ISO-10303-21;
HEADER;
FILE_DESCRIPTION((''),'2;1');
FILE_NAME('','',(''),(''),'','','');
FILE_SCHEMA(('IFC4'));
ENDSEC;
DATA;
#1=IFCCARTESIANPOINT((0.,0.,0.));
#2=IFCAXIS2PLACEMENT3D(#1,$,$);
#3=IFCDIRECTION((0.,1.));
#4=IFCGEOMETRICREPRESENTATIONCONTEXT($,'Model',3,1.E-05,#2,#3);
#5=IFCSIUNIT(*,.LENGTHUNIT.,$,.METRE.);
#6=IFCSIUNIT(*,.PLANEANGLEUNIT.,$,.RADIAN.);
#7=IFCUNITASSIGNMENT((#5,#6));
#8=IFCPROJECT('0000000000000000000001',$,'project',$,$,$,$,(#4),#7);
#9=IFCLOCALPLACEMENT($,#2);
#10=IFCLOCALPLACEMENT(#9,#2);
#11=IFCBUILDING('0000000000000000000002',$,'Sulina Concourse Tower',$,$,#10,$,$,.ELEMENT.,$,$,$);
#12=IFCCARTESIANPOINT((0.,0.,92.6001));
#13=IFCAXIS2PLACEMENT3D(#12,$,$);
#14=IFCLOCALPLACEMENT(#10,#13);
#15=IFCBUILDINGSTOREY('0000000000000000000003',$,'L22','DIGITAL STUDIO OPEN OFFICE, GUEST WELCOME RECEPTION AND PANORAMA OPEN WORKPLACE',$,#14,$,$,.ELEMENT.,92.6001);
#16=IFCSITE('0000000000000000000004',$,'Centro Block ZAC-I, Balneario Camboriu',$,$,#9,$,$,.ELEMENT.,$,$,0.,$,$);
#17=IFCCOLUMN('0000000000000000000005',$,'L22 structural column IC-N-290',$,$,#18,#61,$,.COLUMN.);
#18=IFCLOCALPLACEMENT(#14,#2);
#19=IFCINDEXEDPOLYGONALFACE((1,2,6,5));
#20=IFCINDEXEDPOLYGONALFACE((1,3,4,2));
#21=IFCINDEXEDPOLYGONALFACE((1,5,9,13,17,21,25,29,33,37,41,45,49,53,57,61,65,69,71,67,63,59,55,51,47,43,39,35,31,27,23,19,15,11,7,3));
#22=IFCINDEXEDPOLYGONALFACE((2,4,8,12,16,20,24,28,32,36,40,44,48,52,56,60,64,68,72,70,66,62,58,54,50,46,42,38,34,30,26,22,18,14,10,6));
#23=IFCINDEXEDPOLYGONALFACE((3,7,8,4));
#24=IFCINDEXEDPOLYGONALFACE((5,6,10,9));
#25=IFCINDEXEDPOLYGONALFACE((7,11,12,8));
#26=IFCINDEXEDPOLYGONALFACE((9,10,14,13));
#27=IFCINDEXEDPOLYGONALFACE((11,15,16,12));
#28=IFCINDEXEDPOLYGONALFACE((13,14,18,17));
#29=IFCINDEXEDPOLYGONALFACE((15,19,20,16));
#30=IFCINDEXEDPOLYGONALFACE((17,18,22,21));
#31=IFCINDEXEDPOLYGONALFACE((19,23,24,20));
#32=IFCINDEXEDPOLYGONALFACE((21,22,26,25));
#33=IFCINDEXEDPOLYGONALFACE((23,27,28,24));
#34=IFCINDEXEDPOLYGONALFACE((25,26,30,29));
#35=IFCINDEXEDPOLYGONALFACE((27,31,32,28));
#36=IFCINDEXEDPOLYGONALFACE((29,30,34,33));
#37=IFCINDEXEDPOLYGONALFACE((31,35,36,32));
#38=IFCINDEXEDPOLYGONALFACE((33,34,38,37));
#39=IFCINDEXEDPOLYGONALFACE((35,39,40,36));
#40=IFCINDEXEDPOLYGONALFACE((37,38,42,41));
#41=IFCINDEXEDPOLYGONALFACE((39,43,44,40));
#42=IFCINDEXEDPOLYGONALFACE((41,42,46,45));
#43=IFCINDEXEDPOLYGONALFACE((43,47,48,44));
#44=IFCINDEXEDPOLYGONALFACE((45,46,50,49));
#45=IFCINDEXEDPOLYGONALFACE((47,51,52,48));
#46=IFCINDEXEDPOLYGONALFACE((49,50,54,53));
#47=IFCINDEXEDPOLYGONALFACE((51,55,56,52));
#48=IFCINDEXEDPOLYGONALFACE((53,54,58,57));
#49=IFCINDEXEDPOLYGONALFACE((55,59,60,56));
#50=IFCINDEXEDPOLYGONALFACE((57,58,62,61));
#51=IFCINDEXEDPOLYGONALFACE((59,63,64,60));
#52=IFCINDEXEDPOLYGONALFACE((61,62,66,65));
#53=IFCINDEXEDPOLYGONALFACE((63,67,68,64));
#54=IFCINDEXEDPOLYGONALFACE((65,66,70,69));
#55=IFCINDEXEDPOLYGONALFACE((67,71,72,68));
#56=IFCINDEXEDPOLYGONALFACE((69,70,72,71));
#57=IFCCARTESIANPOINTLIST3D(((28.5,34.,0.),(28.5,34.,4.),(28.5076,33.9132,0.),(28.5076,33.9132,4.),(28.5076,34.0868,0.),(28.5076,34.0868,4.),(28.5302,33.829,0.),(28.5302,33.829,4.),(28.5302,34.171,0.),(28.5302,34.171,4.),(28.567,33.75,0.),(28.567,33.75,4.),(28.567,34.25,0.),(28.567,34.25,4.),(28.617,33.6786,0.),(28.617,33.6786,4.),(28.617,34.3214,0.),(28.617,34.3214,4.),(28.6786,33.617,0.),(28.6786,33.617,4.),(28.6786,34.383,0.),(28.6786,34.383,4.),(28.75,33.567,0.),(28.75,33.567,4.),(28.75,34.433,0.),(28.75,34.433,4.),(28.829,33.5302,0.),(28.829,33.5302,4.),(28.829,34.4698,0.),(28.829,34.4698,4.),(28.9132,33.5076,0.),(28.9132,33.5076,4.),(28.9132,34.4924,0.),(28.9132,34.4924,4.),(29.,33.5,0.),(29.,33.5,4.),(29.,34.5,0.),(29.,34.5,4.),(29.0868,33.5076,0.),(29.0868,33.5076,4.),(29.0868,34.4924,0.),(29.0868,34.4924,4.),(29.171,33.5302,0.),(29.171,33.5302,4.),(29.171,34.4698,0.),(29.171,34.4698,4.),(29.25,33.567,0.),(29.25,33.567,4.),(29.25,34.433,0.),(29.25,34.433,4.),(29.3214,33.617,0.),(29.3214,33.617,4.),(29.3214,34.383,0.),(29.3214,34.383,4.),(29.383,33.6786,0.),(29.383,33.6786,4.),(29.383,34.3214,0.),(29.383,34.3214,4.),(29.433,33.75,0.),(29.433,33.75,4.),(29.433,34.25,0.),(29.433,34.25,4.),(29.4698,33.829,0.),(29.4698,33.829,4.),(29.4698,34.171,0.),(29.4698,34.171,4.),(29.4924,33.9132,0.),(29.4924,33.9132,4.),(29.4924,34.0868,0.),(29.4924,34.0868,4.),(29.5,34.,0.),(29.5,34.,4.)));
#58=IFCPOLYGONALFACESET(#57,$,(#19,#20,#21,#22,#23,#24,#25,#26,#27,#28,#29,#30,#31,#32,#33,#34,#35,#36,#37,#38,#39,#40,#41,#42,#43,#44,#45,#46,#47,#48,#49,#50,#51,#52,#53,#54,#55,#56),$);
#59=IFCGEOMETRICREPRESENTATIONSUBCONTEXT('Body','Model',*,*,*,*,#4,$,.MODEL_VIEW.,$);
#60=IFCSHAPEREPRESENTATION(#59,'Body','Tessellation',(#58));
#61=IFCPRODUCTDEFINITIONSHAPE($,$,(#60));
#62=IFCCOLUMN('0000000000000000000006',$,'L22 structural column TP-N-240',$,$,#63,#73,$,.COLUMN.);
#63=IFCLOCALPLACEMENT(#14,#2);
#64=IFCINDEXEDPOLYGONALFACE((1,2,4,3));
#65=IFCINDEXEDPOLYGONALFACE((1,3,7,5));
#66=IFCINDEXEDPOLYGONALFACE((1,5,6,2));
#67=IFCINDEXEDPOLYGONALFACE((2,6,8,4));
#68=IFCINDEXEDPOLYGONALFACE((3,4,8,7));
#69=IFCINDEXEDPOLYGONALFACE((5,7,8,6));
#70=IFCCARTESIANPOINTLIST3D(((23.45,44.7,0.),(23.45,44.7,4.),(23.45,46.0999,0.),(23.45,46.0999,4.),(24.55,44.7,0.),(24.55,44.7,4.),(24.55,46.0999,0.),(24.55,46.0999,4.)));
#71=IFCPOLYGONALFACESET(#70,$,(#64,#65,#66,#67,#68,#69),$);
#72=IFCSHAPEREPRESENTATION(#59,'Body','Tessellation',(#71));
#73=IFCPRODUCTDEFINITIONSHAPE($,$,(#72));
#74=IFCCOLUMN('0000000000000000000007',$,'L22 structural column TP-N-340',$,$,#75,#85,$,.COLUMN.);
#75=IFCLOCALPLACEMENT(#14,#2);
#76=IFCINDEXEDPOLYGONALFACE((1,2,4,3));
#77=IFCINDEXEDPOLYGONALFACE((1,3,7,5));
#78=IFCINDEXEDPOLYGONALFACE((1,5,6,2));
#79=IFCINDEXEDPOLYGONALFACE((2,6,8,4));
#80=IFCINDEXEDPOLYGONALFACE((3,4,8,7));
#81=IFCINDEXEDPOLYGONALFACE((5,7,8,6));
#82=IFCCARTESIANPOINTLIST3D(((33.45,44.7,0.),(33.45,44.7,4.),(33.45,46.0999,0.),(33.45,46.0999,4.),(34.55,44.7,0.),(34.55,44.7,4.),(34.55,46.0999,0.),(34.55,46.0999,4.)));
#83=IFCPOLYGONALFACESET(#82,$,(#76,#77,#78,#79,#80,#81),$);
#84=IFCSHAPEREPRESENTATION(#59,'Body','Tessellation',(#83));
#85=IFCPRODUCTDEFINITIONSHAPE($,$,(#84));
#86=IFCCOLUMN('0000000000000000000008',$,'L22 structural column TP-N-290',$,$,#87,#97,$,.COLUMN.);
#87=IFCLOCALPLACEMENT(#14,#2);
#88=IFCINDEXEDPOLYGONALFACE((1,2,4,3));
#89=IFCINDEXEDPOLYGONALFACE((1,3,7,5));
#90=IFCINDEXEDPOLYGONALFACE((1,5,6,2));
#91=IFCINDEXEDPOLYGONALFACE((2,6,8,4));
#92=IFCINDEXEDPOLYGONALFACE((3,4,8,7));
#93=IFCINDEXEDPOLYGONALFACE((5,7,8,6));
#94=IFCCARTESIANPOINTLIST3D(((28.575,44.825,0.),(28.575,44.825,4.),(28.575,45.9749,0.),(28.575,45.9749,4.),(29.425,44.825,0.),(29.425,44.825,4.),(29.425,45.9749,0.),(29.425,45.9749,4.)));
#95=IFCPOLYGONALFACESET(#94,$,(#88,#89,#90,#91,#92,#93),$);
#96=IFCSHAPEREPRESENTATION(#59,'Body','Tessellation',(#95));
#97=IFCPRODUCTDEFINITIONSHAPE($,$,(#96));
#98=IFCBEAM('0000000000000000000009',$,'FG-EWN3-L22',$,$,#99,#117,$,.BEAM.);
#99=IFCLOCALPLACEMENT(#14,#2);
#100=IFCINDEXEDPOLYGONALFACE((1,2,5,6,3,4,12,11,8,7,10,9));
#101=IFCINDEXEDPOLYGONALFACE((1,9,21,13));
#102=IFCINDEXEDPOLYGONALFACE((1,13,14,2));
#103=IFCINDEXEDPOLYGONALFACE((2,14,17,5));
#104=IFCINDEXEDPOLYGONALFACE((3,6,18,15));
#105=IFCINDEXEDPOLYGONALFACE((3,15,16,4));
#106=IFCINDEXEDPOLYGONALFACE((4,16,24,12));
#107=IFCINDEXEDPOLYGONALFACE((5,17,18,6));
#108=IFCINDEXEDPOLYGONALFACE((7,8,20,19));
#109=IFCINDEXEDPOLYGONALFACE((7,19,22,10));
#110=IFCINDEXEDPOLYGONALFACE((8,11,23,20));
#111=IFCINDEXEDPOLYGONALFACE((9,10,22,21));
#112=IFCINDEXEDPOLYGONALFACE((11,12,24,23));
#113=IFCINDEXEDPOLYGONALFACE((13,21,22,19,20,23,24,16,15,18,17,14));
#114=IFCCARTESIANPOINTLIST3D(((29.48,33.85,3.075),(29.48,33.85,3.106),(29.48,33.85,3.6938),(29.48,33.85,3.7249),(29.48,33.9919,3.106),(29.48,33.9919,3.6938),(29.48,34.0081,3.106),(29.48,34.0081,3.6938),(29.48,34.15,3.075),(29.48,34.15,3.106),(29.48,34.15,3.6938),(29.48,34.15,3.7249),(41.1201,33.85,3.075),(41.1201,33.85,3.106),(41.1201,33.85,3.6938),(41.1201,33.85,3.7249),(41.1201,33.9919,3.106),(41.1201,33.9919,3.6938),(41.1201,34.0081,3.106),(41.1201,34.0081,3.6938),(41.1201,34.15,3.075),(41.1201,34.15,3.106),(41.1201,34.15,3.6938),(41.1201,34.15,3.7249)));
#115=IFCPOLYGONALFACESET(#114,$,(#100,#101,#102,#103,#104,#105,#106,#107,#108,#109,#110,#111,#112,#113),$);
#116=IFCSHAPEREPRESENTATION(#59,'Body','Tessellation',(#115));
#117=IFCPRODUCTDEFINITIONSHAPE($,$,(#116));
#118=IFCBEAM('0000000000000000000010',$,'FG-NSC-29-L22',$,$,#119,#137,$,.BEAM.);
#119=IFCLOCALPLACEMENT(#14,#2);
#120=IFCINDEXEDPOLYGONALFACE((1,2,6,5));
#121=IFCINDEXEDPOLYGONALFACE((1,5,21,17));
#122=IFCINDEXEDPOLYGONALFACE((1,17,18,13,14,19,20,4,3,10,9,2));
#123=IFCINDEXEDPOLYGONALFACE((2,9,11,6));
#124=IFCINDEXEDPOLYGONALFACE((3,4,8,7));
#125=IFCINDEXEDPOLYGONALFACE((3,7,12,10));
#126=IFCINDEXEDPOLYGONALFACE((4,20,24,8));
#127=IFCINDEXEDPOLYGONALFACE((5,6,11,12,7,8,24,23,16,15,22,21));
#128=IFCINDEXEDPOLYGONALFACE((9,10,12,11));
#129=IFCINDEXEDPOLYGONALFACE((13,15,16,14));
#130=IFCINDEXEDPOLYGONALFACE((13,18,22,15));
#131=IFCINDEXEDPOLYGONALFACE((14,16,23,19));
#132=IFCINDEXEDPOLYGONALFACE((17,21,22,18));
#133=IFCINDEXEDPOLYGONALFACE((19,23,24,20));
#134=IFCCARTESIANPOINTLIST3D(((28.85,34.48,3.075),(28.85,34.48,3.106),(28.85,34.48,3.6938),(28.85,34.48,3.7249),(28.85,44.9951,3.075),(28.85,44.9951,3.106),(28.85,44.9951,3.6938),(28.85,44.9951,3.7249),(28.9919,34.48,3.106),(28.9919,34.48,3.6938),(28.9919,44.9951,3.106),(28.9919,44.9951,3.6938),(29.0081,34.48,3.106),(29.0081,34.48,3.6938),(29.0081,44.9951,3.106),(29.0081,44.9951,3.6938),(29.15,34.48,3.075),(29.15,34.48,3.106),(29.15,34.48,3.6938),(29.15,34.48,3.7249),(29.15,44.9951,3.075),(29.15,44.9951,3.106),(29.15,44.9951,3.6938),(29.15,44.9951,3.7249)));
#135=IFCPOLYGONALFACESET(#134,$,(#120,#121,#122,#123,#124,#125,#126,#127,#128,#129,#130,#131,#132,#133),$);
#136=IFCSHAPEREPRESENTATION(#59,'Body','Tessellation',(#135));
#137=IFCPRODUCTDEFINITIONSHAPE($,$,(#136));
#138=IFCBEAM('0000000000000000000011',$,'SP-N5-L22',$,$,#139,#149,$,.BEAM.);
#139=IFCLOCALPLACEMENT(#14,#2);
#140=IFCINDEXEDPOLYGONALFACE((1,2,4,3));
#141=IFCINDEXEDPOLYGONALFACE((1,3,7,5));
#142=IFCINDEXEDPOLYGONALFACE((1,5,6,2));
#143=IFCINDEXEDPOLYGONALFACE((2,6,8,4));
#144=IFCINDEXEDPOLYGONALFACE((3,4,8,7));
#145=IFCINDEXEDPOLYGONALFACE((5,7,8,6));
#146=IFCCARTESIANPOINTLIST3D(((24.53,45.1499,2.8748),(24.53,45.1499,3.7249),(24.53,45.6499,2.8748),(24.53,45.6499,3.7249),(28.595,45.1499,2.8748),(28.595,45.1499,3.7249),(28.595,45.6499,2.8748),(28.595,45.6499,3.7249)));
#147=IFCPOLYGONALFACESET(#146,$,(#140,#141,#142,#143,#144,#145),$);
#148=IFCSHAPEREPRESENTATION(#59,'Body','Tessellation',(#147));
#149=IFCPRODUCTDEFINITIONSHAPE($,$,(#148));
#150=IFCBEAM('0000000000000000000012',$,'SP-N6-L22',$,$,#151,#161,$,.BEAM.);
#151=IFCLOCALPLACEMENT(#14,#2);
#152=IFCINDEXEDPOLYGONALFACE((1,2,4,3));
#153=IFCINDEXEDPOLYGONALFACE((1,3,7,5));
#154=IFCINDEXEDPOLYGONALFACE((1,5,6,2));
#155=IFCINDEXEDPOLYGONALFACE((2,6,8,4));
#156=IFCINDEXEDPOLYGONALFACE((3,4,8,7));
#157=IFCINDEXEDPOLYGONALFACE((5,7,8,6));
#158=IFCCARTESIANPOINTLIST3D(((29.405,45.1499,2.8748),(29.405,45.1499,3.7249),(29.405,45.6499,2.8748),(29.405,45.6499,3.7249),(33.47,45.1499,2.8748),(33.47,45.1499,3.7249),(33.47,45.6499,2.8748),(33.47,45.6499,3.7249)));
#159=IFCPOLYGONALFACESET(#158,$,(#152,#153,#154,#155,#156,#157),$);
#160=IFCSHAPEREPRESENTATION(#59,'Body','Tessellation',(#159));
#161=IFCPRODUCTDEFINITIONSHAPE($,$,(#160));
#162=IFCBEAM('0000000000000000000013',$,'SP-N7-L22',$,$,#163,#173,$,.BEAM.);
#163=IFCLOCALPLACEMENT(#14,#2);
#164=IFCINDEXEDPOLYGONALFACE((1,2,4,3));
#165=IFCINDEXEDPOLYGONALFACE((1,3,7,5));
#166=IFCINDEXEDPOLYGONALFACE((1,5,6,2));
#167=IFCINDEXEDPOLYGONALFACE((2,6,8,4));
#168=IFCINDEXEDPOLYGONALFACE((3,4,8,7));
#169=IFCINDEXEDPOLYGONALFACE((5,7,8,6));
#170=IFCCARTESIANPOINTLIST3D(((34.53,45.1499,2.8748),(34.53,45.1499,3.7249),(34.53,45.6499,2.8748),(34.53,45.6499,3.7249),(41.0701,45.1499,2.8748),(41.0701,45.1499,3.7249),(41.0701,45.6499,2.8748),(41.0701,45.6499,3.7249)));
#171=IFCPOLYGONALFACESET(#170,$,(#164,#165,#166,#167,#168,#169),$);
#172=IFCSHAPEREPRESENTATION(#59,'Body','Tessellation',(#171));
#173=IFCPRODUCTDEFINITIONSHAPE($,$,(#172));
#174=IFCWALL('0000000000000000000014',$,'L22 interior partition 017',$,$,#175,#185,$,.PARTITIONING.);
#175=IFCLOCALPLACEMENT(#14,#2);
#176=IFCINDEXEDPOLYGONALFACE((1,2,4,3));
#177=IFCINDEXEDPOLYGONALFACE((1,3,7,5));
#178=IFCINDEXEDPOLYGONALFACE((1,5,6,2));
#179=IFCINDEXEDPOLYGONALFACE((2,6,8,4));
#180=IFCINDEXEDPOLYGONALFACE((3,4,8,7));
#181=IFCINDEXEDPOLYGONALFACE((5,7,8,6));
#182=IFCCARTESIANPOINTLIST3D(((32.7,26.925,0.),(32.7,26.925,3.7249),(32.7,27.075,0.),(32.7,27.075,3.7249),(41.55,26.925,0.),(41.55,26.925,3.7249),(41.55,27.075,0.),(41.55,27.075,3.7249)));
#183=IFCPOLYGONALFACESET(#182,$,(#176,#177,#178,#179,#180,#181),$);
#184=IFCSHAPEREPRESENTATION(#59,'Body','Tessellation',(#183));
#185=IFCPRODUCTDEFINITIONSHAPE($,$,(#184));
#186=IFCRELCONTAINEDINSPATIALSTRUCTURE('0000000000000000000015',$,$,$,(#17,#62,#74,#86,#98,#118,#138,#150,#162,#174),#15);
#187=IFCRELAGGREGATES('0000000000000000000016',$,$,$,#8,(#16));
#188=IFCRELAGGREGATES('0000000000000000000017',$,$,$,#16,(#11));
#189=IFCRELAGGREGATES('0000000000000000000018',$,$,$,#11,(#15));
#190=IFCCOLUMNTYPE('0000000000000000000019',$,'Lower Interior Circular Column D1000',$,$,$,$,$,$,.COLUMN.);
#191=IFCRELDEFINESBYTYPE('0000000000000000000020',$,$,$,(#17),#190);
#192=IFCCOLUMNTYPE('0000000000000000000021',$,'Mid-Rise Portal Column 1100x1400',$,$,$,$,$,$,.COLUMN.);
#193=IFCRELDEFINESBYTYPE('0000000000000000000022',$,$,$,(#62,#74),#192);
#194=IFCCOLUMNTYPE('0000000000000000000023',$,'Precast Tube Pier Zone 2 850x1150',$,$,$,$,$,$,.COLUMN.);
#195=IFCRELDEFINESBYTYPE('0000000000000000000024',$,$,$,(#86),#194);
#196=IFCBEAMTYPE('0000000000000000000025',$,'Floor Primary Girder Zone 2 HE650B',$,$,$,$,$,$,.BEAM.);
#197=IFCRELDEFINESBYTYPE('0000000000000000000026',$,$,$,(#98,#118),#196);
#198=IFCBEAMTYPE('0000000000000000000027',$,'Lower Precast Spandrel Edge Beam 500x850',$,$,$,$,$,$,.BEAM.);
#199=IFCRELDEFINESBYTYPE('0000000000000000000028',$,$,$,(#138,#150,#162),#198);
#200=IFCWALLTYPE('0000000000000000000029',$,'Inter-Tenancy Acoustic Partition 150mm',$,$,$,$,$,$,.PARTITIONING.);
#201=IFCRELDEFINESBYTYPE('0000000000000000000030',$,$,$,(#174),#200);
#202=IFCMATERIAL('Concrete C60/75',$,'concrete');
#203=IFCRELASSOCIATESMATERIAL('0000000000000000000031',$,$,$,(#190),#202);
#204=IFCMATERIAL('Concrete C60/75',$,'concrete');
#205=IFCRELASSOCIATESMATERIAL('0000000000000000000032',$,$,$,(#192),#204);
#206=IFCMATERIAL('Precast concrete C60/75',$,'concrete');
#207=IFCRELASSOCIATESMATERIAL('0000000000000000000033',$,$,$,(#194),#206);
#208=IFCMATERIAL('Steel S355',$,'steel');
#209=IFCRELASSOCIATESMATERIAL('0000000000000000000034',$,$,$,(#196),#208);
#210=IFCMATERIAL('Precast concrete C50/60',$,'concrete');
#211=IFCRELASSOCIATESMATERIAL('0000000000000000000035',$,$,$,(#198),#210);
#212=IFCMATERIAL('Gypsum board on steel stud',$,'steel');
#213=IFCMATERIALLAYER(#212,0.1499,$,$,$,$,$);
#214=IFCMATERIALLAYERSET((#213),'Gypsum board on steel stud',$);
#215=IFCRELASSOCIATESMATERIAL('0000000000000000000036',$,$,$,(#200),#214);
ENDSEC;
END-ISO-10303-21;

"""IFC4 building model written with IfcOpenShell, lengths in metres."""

from ifc_helpers import new_model, si_unit, direction, frame, frame_2d, origin, origin_2d, place, context, subcontext, project, spatial, rectangle, circle, i_section, extrude, material, layer, layer_set, material_profile, profile_set, type_object, element, save


model = new_model("IFC4")

# Units and contexts
model_context = context("Model", 3, precision=1e-05, world=origin(), true_north=direction((0.0, 1.0)))
body_context = subcontext(model_context, "Body", "Model", "MODEL_VIEW")
ifc_project = project(units=[si_unit("LENGTHUNIT", "METRE"), si_unit("PLANEANGLEUNIT", "RADIAN")], contexts=[model_context])

# Site, building, storey
site_placement = place(None, origin())
site = spatial("IfcSite", under=ifc_project, at=site_placement, Name="Centro Block ZAC-I, Balneario Camboriu", CompositionType="ELEMENT", RefElevation=0.0)
building_placement = place(site_placement, origin())
building = spatial("IfcBuilding", under=site, at=building_placement, Name="Sulina Concourse Tower", CompositionType="ELEMENT")
storey_placement = place(building_placement, frame((0.0, 0.0, 92.6001)))
storey = spatial("IfcBuildingStorey", under=building, at=storey_placement, Name="L22", Description="DIGITAL STUDIO OPEN OFFICE, GUEST WELCOME RECEPTION AND PANORAMA OPEN WORKPLACE", CompositionType="ELEMENT", Elevation=92.6001)

# Columns
ifc_material_1 = material(Name="Concrete C60/75", Category="concrete")
ifc_material_profile_1 = material_profile(ifc_material_1, circle(Radius=0.5, at=origin_2d()), Name="RC D1000")
ifc_profile_set_1 = profile_set([ifc_material_profile_1], Name="Concrete C60/75")
column_type_1 = type_object("IfcColumnType", Name="Lower Interior Circular Column D1000", PredefinedType="COLUMN", material=ifc_profile_set_1)
column_1_placement = place(storey_placement, frame((29.0, 34.0, 0.0), z_axis=(0.0, 0.0, 1.0), x_axis=(1.0, 0.0, 0.0)))
element("IfcColumn", 1, at=column_1_placement, inside=storey, type_object=column_type_1, Name="L22 structural column IC-N-290", PredefinedType="COLUMN", context=body_context, shape_type="SweptSolid", body=[
    extrude(circle(Radius=0.5, at=origin_2d()), origin(), (0.0, 0.0, 1.0), 4.0),
])
ifc_material_2 = material(Name="Concrete C60/75", Category="concrete")
ifc_material_profile_2 = material_profile(ifc_material_2, rectangle(XDim=1.1001, YDim=1.3999, at=origin_2d()), Name="RC 1100x1400")
ifc_profile_set_2 = profile_set([ifc_material_profile_2], Name="Concrete C60/75")
column_type_2 = type_object("IfcColumnType", Name="Mid-Rise Portal Column 1100x1400", PredefinedType="COLUMN", material=ifc_profile_set_2)
for number, where, z_axis, x_axis, name in (
    (2, (24.0, 45.3999, 0.0), (0.0, 0.0, 1.0), (1.0, 0.0, 0.0), "L22 structural column TP-N-240"),
    (3, (34.0, 45.3999, 0.0), (0.0, 0.0, 1.0), (1.0, 0.0, 0.0), "L22 structural column TP-N-340"),
):
    element("IfcColumn", number, at=place(storey_placement, frame(where, z_axis=z_axis, x_axis=x_axis)), inside=storey, type_object=column_type_2, Name=name, PredefinedType="COLUMN", context=body_context, shape_type="SweptSolid", body=[
        extrude(rectangle(XDim=1.1001, YDim=1.3999, at=origin_2d()), origin(), (0.0, 0.0, 1.0), 4.0),
    ])
ifc_material_3 = material(Name="Precast concrete C60/75", Category="concrete")
ifc_material_profile_3 = material_profile(ifc_material_3, rectangle(XDim=0.8501, YDim=1.1499, at=origin_2d()), Name="PC 850x1150")
ifc_profile_set_3 = profile_set([ifc_material_profile_3], Name="Precast concrete C60/75")
column_type_3 = type_object("IfcColumnType", Name="Precast Tube Pier Zone 2 850x1150", PredefinedType="COLUMN", material=ifc_profile_set_3)
column_2_placement = place(storey_placement, frame((29.0, 45.3999, 0.0), z_axis=(0.0, 0.0, 1.0), x_axis=(1.0, 0.0, 0.0)))
element("IfcColumn", 4, at=column_2_placement, inside=storey, type_object=column_type_3, Name="L22 structural column TP-N-290", PredefinedType="COLUMN", context=body_context, shape_type="SweptSolid", body=[
    extrude(rectangle(XDim=0.8501, YDim=1.1499, at=origin_2d()), origin(), (0.0, 0.0, 1.0), 4.0),
])

# Beams
ifc_material_4 = material(Name="Steel S355", Category="steel")
ifc_material_profile_4 = material_profile(ifc_material_4, i_section(OverallWidth=0.3, OverallDepth=0.6499, WebThickness=0.0161, FlangeThickness=0.031, at=origin_2d()), Name="HE 650 B")
ifc_profile_set_4 = profile_set([ifc_material_profile_4], Name="Steel S355")
beam_type_1 = type_object("IfcBeamType", Name="Floor Primary Girder Zone 2 HE650B", PredefinedType="BEAM", material=ifc_profile_set_4)
beam_1_placement = place(storey_placement, frame((29.48, 34.0, 3.3999), z_axis=(1.0, 0.0, 0.0), x_axis=(0.0, 1.0, 0.0)))
element("IfcBeam", 5, at=beam_1_placement, inside=storey, type_object=beam_type_1, Name="FG-EWN3-L22", PredefinedType="BEAM", context=body_context, shape_type="SweptSolid", body=[
    extrude(i_section(OverallWidth=0.3, OverallDepth=0.6499, WebThickness=0.0161, FlangeThickness=0.031, at=origin_2d()), origin(), (0.0, 0.0, 1.0), 11.6401),
])
beam_2_placement = place(storey_placement, frame((29.0, 34.48, 3.3999), z_axis=(0.0, 1.0, 0.0), x_axis=(-1.0, 0.0, 0.0)))
element("IfcBeam", 6, at=beam_2_placement, inside=storey, type_object=beam_type_1, Name="FG-NSC-29-L22", PredefinedType="BEAM", context=body_context, shape_type="SweptSolid", body=[
    extrude(i_section(OverallWidth=0.3, OverallDepth=0.6499, WebThickness=0.0161, FlangeThickness=0.031, at=origin_2d()), origin(), (0.0, 0.0, 1.0), 10.5151),
])
ifc_material_5 = material(Name="Precast concrete C50/60", Category="concrete")
ifc_material_profile_5 = material_profile(ifc_material_5, rectangle(XDim=0.5, YDim=0.8501, at=origin_2d()), Name="RC 500x850")
ifc_profile_set_5 = profile_set([ifc_material_profile_5], Name="Precast concrete C50/60")
beam_type_2 = type_object("IfcBeamType", Name="Lower Precast Spandrel Edge Beam 500x850", PredefinedType="BEAM", material=ifc_profile_set_5)
for number, where, z_axis, x_axis, name in (
    (7, (24.53, 45.3999, 3.2998), (1.0, 0.0, 0.0), (0.0, 1.0, 0.0), "SP-N5-L22"),
    (8, (29.405, 45.3999, 3.2998), (1.0, 0.0, 0.0), (0.0, 1.0, 0.0), "SP-N6-L22"),
):
    element("IfcBeam", number, at=place(storey_placement, frame(where, z_axis=z_axis, x_axis=x_axis)), inside=storey, type_object=beam_type_2, Name=name, PredefinedType="BEAM", context=body_context, shape_type="SweptSolid", body=[
        extrude(rectangle(XDim=0.5, YDim=0.8501, at=origin_2d()), origin(), (0.0, 0.0, 1.0), 4.0649),
    ])
beam_3_placement = place(storey_placement, frame((34.53, 45.3999, 3.2998), z_axis=(1.0, 0.0, 0.0), x_axis=(0.0, 1.0, 0.0)))
element("IfcBeam", 9, at=beam_3_placement, inside=storey, type_object=beam_type_2, Name="SP-N7-L22", PredefinedType="BEAM", context=body_context, shape_type="SweptSolid", body=[
    extrude(rectangle(XDim=0.5, YDim=0.8501, at=origin_2d()), origin(), (0.0, 0.0, 1.0), 6.54),
])

# Wall
ifc_material_6 = material(Name="Gypsum board on steel stud", Category="steel")
ifc_layer_1 = layer(ifc_material_6, 0.1499)
ifc_layer_set_1 = layer_set([ifc_layer_1], Name="Gypsum board on steel stud")
wall_type_1 = type_object("IfcWallType", Name="Inter-Tenancy Acoustic Partition 150mm", PredefinedType="PARTITIONING", material=ifc_layer_set_1)
wall_1_placement = place(storey_placement, frame((32.7, 27.0, 0.0), z_axis=(0.0, 0.0, 1.0), x_axis=(1.0, 0.0, 0.0)))
element("IfcWall", 10, at=wall_1_placement, inside=storey, type_object=wall_type_1, Name="L22 interior partition 017", PredefinedType="PARTITIONING", context=body_context, shape_type="SweptSolid", body=[
    extrude(rectangle(XDim=8.8501, YDim=0.1499, at=frame_2d((4.425, 0.0))), origin(), (0.0, 0.0, 1.0), 3.7249),
])

save(model, "model.ifc")
